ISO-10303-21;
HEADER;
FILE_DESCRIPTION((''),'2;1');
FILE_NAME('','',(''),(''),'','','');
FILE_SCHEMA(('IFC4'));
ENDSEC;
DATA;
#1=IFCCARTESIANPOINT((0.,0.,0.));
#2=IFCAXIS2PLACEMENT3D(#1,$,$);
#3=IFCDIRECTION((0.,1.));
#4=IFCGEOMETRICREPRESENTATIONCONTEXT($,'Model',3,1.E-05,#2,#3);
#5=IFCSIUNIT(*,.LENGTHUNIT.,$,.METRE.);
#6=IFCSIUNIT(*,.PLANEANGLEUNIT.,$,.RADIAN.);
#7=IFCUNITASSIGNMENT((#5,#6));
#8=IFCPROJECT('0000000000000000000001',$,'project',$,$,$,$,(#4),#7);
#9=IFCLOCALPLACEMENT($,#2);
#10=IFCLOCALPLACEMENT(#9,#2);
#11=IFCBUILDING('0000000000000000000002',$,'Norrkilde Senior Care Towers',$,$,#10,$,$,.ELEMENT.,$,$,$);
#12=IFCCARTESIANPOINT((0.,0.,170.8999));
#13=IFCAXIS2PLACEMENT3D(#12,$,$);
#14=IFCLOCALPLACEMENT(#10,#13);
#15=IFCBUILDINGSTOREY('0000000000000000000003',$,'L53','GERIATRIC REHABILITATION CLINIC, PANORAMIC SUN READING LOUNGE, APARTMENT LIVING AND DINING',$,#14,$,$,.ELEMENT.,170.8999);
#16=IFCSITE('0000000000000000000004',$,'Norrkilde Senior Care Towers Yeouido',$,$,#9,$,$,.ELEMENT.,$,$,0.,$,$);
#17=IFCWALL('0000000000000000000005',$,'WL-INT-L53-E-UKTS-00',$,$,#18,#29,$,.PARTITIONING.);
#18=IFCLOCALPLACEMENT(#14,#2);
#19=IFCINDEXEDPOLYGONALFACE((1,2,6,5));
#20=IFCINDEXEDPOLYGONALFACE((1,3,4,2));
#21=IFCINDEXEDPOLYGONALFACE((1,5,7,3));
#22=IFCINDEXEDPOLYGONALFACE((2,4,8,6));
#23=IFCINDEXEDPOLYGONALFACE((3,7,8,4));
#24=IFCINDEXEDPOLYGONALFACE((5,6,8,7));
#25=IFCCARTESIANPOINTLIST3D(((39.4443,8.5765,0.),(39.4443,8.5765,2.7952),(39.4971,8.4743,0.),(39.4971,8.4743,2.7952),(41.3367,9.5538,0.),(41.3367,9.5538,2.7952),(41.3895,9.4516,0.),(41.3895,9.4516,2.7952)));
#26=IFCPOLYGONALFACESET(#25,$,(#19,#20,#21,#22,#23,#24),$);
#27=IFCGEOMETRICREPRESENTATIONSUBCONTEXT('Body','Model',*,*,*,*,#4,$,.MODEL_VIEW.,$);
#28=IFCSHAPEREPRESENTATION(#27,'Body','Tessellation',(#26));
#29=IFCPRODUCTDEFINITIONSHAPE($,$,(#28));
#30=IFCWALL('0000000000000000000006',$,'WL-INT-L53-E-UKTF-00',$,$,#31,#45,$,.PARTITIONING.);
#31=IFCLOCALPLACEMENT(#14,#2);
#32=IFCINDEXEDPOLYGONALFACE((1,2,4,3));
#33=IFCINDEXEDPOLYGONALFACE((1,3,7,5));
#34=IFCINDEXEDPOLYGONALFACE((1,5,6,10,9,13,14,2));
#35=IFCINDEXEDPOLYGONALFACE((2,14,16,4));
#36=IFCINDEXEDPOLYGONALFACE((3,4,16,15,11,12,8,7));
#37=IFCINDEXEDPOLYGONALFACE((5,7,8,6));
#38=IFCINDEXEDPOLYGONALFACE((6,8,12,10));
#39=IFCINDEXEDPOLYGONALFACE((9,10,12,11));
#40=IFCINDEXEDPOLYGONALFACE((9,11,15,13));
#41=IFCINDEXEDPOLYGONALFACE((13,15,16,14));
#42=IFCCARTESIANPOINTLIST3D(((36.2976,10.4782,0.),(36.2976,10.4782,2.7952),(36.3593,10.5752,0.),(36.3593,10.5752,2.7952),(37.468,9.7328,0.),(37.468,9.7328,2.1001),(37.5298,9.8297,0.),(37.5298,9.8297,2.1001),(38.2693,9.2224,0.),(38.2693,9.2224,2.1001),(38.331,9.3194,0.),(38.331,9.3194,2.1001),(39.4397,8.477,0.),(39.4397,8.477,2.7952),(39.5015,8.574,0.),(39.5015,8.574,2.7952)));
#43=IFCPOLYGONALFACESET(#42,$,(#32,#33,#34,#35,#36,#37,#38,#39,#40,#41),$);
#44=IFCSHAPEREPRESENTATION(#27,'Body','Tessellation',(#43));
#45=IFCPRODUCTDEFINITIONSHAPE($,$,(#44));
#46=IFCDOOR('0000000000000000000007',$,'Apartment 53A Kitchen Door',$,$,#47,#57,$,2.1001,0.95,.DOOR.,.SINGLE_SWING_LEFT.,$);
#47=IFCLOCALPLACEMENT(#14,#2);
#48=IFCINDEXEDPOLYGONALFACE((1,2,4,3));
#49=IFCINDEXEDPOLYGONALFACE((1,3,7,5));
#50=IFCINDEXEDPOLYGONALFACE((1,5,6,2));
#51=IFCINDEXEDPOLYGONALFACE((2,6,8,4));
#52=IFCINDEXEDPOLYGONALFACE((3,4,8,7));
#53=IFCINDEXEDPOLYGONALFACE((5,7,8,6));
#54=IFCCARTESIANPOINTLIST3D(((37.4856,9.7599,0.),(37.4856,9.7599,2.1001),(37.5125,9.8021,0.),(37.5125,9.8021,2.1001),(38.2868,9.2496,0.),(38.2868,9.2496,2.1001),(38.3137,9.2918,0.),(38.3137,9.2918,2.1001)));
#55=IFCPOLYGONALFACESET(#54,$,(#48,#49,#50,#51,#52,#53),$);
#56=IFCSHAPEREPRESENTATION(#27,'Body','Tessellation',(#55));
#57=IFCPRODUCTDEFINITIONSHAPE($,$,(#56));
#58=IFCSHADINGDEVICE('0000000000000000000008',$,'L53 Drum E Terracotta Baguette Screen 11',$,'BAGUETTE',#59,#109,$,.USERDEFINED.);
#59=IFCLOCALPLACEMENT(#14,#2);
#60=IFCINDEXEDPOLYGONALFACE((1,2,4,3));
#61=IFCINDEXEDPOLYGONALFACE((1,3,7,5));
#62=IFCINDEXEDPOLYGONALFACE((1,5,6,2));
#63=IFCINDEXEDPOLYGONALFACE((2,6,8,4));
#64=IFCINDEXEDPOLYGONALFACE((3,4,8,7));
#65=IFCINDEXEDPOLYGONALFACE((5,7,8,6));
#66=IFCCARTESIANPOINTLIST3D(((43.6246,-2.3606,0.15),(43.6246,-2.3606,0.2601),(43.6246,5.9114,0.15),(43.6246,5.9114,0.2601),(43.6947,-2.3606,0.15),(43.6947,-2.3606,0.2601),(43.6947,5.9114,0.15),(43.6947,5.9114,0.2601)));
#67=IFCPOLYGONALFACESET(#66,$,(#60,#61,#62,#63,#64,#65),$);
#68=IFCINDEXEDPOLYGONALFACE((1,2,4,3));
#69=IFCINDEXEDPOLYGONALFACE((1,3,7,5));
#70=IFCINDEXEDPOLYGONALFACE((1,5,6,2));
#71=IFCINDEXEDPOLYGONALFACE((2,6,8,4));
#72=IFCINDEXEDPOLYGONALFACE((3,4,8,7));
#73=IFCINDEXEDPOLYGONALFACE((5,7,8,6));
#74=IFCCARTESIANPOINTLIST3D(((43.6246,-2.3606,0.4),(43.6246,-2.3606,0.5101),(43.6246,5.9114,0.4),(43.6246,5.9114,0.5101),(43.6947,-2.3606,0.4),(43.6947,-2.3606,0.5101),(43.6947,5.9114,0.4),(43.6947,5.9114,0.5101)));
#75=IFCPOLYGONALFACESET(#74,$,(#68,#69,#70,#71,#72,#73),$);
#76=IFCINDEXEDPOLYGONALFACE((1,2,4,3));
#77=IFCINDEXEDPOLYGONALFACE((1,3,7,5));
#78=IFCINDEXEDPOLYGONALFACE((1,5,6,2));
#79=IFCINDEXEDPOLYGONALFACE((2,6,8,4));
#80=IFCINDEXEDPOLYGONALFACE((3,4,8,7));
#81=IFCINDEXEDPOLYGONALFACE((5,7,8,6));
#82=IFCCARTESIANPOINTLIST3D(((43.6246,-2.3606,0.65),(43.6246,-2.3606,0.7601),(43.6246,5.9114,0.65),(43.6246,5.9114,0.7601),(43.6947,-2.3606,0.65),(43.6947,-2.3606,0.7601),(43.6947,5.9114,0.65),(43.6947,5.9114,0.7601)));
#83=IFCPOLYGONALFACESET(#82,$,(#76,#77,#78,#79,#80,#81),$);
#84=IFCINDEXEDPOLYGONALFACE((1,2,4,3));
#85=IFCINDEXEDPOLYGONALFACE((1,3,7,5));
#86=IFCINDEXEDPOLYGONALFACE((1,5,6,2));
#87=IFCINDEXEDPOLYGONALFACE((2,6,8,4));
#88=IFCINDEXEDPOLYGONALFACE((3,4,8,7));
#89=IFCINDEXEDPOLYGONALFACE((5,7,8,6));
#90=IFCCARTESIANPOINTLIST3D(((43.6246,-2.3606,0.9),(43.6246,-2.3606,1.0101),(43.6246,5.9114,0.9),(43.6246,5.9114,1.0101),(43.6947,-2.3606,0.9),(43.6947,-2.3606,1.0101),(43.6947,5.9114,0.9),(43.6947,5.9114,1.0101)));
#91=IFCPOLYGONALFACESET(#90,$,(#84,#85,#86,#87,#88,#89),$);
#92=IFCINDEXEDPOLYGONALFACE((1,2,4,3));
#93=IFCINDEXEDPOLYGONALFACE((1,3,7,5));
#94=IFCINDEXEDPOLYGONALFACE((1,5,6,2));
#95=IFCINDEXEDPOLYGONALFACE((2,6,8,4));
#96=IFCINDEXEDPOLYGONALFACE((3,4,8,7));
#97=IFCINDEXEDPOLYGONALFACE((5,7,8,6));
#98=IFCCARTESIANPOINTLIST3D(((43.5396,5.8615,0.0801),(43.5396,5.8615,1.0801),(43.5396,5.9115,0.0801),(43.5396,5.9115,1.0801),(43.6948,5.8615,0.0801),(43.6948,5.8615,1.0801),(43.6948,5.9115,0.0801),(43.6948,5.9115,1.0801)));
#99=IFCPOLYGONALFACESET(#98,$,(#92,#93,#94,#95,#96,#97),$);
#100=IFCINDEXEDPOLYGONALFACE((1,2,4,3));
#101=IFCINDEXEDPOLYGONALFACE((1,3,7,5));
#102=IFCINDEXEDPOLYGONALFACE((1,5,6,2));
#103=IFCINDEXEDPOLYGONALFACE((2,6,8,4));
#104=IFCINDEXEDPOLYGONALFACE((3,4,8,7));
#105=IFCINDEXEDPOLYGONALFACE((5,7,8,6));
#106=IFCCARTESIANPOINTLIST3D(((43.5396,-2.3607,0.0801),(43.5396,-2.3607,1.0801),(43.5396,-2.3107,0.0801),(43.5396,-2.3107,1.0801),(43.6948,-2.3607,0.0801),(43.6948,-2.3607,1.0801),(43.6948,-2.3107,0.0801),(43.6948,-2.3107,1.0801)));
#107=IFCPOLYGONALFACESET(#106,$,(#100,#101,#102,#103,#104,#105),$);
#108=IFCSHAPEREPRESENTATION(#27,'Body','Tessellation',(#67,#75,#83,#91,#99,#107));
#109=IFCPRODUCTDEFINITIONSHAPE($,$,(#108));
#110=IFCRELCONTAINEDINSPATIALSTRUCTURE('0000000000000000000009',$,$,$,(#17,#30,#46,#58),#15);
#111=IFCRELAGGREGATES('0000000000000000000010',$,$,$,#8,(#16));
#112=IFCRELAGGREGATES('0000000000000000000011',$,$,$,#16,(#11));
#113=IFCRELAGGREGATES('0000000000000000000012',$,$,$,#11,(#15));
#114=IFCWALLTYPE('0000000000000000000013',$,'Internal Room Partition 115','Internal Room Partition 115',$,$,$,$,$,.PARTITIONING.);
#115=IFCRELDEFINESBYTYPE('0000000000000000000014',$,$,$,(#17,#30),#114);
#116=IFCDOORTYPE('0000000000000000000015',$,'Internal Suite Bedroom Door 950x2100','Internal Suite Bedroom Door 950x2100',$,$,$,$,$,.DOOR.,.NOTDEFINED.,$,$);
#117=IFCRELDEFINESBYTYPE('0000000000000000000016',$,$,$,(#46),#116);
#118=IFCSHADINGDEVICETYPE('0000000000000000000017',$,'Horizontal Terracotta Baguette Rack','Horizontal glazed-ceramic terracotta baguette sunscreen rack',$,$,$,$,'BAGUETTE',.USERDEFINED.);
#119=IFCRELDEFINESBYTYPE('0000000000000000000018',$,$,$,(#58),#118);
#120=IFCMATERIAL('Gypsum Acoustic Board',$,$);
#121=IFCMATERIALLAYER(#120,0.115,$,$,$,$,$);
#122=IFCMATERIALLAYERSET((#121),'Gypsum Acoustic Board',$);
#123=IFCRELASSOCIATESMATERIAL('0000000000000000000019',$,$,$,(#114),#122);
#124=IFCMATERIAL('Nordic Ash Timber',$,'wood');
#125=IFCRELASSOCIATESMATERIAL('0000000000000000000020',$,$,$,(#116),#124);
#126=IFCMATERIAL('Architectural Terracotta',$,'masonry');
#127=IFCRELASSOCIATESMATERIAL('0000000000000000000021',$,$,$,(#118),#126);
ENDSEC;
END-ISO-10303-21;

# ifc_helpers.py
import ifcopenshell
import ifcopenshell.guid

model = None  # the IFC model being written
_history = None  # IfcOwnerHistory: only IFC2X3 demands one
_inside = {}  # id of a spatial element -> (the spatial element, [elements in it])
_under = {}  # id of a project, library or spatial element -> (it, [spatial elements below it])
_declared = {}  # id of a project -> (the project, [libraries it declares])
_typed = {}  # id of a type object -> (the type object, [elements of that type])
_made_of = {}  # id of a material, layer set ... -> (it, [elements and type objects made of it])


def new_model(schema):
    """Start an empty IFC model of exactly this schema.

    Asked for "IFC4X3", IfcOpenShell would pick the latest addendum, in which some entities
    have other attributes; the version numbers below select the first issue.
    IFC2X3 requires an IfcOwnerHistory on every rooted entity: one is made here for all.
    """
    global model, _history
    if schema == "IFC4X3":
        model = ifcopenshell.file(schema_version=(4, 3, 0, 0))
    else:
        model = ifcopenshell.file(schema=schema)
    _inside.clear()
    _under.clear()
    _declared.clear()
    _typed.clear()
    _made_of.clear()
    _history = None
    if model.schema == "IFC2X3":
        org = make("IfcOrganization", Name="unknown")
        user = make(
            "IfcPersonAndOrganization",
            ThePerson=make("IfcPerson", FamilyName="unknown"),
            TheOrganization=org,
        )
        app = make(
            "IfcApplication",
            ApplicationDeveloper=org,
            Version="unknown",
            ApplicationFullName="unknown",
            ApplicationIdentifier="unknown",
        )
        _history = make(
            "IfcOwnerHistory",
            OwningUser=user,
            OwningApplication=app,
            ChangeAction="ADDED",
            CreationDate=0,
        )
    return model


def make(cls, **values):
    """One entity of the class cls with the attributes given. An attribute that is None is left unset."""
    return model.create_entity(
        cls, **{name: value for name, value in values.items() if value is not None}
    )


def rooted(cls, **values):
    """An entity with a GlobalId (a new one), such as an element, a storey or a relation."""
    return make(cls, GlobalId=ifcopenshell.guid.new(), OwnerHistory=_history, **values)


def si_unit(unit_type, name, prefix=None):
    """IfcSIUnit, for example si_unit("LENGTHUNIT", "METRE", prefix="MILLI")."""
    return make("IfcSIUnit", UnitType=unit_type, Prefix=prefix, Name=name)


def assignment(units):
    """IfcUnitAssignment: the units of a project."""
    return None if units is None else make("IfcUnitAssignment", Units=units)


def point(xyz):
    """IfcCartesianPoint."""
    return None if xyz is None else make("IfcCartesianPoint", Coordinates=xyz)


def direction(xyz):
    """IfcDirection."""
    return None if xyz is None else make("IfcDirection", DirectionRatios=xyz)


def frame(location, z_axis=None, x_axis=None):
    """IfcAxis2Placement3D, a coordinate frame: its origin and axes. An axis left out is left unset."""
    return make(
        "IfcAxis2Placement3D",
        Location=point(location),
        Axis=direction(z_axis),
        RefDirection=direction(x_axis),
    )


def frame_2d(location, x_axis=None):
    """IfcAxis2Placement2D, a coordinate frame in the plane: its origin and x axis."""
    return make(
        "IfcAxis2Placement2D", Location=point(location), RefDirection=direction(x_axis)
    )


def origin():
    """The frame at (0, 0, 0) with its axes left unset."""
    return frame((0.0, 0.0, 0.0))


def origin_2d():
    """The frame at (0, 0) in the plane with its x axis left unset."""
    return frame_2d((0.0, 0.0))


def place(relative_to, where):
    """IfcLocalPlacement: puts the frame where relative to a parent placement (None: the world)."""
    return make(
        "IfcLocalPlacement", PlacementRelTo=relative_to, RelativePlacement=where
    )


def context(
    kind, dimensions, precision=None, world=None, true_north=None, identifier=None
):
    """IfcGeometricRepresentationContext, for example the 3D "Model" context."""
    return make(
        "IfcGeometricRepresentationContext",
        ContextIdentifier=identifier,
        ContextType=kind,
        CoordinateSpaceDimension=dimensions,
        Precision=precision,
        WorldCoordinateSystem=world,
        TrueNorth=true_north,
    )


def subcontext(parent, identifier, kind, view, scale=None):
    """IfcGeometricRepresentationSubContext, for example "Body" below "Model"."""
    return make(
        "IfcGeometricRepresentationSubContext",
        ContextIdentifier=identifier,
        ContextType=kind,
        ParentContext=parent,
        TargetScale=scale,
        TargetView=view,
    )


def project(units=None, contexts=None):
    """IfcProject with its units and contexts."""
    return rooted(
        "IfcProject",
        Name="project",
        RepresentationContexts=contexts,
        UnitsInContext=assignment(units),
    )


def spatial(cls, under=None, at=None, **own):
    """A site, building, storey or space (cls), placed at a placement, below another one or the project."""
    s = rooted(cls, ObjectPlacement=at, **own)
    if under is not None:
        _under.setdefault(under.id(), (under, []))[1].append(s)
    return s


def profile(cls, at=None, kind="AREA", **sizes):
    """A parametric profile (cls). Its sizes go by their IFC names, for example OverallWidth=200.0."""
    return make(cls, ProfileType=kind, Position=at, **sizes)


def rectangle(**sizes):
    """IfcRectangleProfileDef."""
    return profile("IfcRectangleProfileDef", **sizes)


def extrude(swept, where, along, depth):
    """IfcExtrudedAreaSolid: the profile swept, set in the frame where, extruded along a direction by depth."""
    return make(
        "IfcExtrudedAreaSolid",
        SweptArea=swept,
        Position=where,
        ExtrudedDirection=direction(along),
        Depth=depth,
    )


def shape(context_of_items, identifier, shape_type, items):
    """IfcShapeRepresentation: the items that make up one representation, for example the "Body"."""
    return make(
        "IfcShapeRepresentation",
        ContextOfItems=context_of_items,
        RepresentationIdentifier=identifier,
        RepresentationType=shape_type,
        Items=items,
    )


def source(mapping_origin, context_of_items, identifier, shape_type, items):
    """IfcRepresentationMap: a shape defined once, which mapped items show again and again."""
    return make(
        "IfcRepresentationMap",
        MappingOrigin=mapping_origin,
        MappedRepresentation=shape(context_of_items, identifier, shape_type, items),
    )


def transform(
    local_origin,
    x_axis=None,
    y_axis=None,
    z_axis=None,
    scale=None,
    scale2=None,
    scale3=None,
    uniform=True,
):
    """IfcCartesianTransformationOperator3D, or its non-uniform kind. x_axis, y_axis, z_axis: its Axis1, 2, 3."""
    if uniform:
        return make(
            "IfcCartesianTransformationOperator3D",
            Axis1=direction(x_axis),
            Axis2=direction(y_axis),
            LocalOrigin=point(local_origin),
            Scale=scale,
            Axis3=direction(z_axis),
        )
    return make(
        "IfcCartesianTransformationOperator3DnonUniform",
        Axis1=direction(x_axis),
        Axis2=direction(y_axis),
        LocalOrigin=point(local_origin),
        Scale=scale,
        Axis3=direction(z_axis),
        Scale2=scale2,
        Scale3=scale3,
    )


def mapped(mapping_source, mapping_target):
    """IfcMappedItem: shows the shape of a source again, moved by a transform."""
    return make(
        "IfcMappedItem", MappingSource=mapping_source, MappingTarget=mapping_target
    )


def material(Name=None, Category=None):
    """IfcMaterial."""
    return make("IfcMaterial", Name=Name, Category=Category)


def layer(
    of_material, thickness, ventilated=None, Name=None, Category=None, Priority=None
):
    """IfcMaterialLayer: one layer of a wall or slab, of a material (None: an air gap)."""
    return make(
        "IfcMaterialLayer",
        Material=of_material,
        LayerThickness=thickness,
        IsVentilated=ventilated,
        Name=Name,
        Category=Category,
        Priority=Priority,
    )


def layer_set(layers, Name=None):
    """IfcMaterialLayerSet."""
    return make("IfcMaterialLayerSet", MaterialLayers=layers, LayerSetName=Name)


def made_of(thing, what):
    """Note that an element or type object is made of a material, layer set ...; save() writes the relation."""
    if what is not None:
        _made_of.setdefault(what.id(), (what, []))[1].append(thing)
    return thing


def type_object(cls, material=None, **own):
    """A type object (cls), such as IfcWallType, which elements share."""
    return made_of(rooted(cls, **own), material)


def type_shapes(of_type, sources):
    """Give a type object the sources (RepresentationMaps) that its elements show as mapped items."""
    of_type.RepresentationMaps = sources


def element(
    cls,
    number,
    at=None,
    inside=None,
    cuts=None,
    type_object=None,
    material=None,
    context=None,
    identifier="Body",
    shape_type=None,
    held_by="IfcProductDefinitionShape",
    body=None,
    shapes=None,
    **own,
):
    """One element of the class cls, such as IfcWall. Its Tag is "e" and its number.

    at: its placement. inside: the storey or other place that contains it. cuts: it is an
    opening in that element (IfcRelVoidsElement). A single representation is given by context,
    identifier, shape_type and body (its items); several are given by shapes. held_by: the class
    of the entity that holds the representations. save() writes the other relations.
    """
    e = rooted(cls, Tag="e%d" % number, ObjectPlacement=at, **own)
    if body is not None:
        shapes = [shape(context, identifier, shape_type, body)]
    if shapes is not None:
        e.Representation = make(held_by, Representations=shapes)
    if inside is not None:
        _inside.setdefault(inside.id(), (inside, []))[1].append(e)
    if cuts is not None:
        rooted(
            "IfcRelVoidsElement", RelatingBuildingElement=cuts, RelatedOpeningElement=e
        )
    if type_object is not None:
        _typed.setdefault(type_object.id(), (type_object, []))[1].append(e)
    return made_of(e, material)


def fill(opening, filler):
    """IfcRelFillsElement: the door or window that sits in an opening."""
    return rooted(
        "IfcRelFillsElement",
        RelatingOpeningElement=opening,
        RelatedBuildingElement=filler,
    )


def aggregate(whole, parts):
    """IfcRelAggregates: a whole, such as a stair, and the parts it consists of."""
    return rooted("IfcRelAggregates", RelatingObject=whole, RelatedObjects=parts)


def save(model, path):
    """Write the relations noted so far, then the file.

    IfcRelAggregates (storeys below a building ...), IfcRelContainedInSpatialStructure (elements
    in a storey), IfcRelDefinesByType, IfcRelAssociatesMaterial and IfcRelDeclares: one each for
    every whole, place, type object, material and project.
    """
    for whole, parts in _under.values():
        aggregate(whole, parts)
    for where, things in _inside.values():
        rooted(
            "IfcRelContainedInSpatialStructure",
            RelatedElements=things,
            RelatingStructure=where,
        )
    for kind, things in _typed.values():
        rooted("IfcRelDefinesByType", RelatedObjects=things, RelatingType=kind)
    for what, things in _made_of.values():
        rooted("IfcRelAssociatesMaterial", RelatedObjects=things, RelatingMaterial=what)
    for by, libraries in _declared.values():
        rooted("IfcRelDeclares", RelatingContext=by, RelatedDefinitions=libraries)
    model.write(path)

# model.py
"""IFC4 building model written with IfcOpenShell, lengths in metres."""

from ifc_helpers import new_model, si_unit, direction, frame, frame_2d, origin, origin_2d, place, context, subcontext, project, spatial, rectangle, extrude, source, transform, mapped, material, layer, layer_set, type_object, type_shapes, element, fill, save


model = new_model("IFC4")

# Units and contexts
model_context = context("Model", 3, precision=1e-05, world=origin(), true_north=direction((0.0, 1.0)))
body_context = subcontext(model_context, "Body", "Model", "MODEL_VIEW")
ifc_project = project(units=[si_unit("LENGTHUNIT", "METRE"), si_unit("PLANEANGLEUNIT", "RADIAN")], contexts=[model_context])

# Site, building, storey
site_placement = place(None, origin())
site = spatial("IfcSite", under=ifc_project, at=site_placement, Name="Norrkilde Senior Care Towers Yeouido", CompositionType="ELEMENT", RefElevation=0.0)
building_placement = place(site_placement, origin())
building = spatial("IfcBuilding", under=site, at=building_placement, Name="Norrkilde Senior Care Towers", CompositionType="ELEMENT")
storey_placement = place(building_placement, frame((0.0, 0.0, 170.8999)))
storey = spatial("IfcBuildingStorey", under=building, at=storey_placement, Name="L53", Description="GERIATRIC REHABILITATION CLINIC, PANORAMIC SUN READING LOUNGE, APARTMENT LIVING AND DINING", CompositionType="ELEMENT", Elevation=170.8999)

# Shared definitions
ifc_material_1 = material(Name="Gypsum Acoustic Board")
ifc_layer_1 = layer(ifc_material_1, 0.115)
ifc_layer_set_1 = layer_set([ifc_layer_1], Name="Gypsum Acoustic Board")
wall_type_1 = type_object("IfcWallType", Name="Internal Room Partition 115", Description="Internal Room Partition 115", PredefinedType="PARTITIONING", material=ifc_layer_set_1)
ifc_material_2 = material(Name="Nordic Ash Timber", Category="wood")
door_type_1 = type_object("IfcDoorType", Name="Internal Suite Bedroom Door 950x2100", Description="Internal Suite Bedroom Door 950x2100", OperationType="NOTDEFINED", PredefinedType="DOOR", material=ifc_material_2)
shared_shape_1 = source(origin(), body_context, "Body", "SweptSolid", [
    extrude(rectangle(XDim=0.95, YDim=2.1001, at=frame_2d((0.4751, 1.05))), frame((0.0, 0.0249, 0.0), z_axis=(0.0, -1.0, 0.0), x_axis=(1.0, 0.0, 0.0)), (0.0, 0.0, 1.0), 0.05),
])
type_shapes(door_type_1, [shared_shape_1])

# Wall
shared_shape_2 = source(origin(), body_context, "Body", "SweptSolid", [
    extrude(rectangle(XDim=2.1299, YDim=0.115, at=frame_2d((1.0649, 0.0))), origin(), (0.0, 0.0, 1.0), 2.7952),
])
wall_1_placement = place(storey_placement, frame((39.4707, 8.5254, 0.0), z_axis=(0.0, 0.0, 1.0), x_axis=(0.888505, 0.458868, 0.0)))
element("IfcWall", 1, at=wall_1_placement, inside=storey, type_object=wall_type_1, Name="WL-INT-L53-E-UKTS-00", PredefinedType="PARTITIONING", context=body_context, shape_type="MappedRepresentation", body=[
    mapped(shared_shape_2, transform((0.0, 0.0, 0.0), x_axis=(1.0, 0.0, 0.0), y_axis=(0.0, 1.0, 0.0), z_axis=(0.0, 0.0, 1.0), scale=1.0)),
])

# Wall, opening, door
shared_shape_3 = source(origin(), body_context, "Body", "SweptSolid", [
    extrude(rectangle(XDim=3.7253, YDim=0.115, at=frame_2d((1.8628, 0.0))), origin(), (0.0, 0.0, 1.0), 2.7952),
])
wall_2_placement = place(storey_placement, frame((39.4707, 8.5254, 0.0), z_axis=(0.0, 0.0, 1.0), x_axis=(-0.843454, 0.537202, 0.0)))
wall_2 = element("IfcWall", 2, at=wall_2_placement, inside=storey, type_object=wall_type_1, Name="WL-INT-L53-E-UKTF-00", PredefinedType="PARTITIONING", context=body_context, shape_type="MappedRepresentation", body=[
    mapped(shared_shape_3, transform((0.0, 0.0, 0.0), x_axis=(1.0, 0.0, 0.0), y_axis=(0.0, 1.0, 0.0), z_axis=(0.0, 0.0, 1.0), scale=1.0)),
])
opening_1_placement = place(wall_2_placement, frame((1.3877, 0.0, 0.0)))
opening_1 = element("IfcOpeningElement", 3, at=opening_1_placement, cuts=wall_2, PredefinedType="OPENING", context=body_context, shape_type="SweptSolid", body=[
    extrude(rectangle(XDim=0.95, YDim=2.1001, at=frame_2d((0.4751, 1.05))), frame((0.0, 0.0674, 0.0), z_axis=(0.0, -1.0, 0.0), x_axis=(1.0, 0.0, 0.0)), (0.0, 0.0, 1.0), 0.135),
])
door_1_placement = place(opening_1_placement, frame((0.95, 0.0, 0.0), z_axis=(0.0, 0.0, 1.0), x_axis=(-1.0, 0.0, 0.0)))
door_1 = element("IfcDoor", 4, at=door_1_placement, inside=storey, type_object=door_type_1, Name="Apartment 53A Kitchen Door", OperationType="SINGLE_SWING_LEFT", OverallHeight=2.1001, OverallWidth=0.95, PredefinedType="DOOR", context=body_context, shape_type="MappedRepresentation", body=[
    mapped(shared_shape_1, transform((0.0, 0.0, 0.0), x_axis=(1.0, 0.0, 0.0), y_axis=(0.0, 1.0, 0.0), z_axis=(0.0, 0.0, 1.0), scale=1.0)),
])
fill(opening_1, door_1)

# Shading device
ifc_material_3 = material(Name="Architectural Terracotta", Category="masonry")
shading_device_type = type_object("IfcShadingDeviceType", Name="Horizontal Terracotta Baguette Rack", Description="Horizontal glazed-ceramic terracotta baguette sunscreen rack", ElementType="BAGUETTE", PredefinedType="USERDEFINED", material=ifc_material_3)
shared_shape_4 = source(origin(), body_context, "Body", "SweptSolid", [
    extrude(rectangle(XDim=0.0701, YDim=0.1101, at=origin_2d()), frame((0.0, 0.0901, 0.125), z_axis=(1.0, 0.0, 0.0), x_axis=(0.0, 1.0, 0.0)), (0.0, 0.0, 1.0), 8.272),
    extrude(rectangle(XDim=0.0701, YDim=0.1101, at=origin_2d()), frame((0.0, 0.0901, 0.375), z_axis=(1.0, 0.0, 0.0), x_axis=(0.0, 1.0, 0.0)), (0.0, 0.0, 1.0), 8.272),
    extrude(rectangle(XDim=0.0701, YDim=0.1101, at=origin_2d()), frame((0.0, 0.0901, 0.625), z_axis=(1.0, 0.0, 0.0), x_axis=(0.0, 1.0, 0.0)), (0.0, 0.0, 1.0), 8.272),
    extrude(rectangle(XDim=0.0701, YDim=0.1101, at=origin_2d()), frame((0.0, 0.0901, 0.875), z_axis=(1.0, 0.0, 0.0), x_axis=(0.0, 1.0, 0.0)), (0.0, 0.0, 1.0), 8.272),
    extrude(rectangle(XDim=0.05, YDim=0.1553, at=origin_2d()), frame((0.0249, 0.0476, 0.0)), (0.0, 0.0, 1.0), 1.0),
    extrude(rectangle(XDim=0.05, YDim=0.1553, at=origin_2d()), frame((8.2471, 0.0476, 0.0)), (0.0, 0.0, 1.0), 1.0),
])
type_shapes(shading_device_type, [shared_shape_4])
shading_device_placement = place(storey_placement, frame((43.5696, 5.9114, 0.0801), z_axis=(0.0, 0.0, 1.0), x_axis=(0.0, -1.0, 0.0)))
element("IfcShadingDevice", 5, at=shading_device_placement, inside=storey, type_object=shading_device_type, Name="L53 Drum E Terracotta Baguette Screen 11", ObjectType="BAGUETTE", PredefinedType="USERDEFINED", context=body_context, shape_type="MappedRepresentation", body=[
    mapped(shared_shape_4, transform((0.0, 0.0, 0.0), x_axis=(1.0, 0.0, 0.0), y_axis=(0.0, 1.0, 0.0), z_axis=(0.0, 0.0, 1.0), scale=1.0)),
])

save(model, "model.ifc")
